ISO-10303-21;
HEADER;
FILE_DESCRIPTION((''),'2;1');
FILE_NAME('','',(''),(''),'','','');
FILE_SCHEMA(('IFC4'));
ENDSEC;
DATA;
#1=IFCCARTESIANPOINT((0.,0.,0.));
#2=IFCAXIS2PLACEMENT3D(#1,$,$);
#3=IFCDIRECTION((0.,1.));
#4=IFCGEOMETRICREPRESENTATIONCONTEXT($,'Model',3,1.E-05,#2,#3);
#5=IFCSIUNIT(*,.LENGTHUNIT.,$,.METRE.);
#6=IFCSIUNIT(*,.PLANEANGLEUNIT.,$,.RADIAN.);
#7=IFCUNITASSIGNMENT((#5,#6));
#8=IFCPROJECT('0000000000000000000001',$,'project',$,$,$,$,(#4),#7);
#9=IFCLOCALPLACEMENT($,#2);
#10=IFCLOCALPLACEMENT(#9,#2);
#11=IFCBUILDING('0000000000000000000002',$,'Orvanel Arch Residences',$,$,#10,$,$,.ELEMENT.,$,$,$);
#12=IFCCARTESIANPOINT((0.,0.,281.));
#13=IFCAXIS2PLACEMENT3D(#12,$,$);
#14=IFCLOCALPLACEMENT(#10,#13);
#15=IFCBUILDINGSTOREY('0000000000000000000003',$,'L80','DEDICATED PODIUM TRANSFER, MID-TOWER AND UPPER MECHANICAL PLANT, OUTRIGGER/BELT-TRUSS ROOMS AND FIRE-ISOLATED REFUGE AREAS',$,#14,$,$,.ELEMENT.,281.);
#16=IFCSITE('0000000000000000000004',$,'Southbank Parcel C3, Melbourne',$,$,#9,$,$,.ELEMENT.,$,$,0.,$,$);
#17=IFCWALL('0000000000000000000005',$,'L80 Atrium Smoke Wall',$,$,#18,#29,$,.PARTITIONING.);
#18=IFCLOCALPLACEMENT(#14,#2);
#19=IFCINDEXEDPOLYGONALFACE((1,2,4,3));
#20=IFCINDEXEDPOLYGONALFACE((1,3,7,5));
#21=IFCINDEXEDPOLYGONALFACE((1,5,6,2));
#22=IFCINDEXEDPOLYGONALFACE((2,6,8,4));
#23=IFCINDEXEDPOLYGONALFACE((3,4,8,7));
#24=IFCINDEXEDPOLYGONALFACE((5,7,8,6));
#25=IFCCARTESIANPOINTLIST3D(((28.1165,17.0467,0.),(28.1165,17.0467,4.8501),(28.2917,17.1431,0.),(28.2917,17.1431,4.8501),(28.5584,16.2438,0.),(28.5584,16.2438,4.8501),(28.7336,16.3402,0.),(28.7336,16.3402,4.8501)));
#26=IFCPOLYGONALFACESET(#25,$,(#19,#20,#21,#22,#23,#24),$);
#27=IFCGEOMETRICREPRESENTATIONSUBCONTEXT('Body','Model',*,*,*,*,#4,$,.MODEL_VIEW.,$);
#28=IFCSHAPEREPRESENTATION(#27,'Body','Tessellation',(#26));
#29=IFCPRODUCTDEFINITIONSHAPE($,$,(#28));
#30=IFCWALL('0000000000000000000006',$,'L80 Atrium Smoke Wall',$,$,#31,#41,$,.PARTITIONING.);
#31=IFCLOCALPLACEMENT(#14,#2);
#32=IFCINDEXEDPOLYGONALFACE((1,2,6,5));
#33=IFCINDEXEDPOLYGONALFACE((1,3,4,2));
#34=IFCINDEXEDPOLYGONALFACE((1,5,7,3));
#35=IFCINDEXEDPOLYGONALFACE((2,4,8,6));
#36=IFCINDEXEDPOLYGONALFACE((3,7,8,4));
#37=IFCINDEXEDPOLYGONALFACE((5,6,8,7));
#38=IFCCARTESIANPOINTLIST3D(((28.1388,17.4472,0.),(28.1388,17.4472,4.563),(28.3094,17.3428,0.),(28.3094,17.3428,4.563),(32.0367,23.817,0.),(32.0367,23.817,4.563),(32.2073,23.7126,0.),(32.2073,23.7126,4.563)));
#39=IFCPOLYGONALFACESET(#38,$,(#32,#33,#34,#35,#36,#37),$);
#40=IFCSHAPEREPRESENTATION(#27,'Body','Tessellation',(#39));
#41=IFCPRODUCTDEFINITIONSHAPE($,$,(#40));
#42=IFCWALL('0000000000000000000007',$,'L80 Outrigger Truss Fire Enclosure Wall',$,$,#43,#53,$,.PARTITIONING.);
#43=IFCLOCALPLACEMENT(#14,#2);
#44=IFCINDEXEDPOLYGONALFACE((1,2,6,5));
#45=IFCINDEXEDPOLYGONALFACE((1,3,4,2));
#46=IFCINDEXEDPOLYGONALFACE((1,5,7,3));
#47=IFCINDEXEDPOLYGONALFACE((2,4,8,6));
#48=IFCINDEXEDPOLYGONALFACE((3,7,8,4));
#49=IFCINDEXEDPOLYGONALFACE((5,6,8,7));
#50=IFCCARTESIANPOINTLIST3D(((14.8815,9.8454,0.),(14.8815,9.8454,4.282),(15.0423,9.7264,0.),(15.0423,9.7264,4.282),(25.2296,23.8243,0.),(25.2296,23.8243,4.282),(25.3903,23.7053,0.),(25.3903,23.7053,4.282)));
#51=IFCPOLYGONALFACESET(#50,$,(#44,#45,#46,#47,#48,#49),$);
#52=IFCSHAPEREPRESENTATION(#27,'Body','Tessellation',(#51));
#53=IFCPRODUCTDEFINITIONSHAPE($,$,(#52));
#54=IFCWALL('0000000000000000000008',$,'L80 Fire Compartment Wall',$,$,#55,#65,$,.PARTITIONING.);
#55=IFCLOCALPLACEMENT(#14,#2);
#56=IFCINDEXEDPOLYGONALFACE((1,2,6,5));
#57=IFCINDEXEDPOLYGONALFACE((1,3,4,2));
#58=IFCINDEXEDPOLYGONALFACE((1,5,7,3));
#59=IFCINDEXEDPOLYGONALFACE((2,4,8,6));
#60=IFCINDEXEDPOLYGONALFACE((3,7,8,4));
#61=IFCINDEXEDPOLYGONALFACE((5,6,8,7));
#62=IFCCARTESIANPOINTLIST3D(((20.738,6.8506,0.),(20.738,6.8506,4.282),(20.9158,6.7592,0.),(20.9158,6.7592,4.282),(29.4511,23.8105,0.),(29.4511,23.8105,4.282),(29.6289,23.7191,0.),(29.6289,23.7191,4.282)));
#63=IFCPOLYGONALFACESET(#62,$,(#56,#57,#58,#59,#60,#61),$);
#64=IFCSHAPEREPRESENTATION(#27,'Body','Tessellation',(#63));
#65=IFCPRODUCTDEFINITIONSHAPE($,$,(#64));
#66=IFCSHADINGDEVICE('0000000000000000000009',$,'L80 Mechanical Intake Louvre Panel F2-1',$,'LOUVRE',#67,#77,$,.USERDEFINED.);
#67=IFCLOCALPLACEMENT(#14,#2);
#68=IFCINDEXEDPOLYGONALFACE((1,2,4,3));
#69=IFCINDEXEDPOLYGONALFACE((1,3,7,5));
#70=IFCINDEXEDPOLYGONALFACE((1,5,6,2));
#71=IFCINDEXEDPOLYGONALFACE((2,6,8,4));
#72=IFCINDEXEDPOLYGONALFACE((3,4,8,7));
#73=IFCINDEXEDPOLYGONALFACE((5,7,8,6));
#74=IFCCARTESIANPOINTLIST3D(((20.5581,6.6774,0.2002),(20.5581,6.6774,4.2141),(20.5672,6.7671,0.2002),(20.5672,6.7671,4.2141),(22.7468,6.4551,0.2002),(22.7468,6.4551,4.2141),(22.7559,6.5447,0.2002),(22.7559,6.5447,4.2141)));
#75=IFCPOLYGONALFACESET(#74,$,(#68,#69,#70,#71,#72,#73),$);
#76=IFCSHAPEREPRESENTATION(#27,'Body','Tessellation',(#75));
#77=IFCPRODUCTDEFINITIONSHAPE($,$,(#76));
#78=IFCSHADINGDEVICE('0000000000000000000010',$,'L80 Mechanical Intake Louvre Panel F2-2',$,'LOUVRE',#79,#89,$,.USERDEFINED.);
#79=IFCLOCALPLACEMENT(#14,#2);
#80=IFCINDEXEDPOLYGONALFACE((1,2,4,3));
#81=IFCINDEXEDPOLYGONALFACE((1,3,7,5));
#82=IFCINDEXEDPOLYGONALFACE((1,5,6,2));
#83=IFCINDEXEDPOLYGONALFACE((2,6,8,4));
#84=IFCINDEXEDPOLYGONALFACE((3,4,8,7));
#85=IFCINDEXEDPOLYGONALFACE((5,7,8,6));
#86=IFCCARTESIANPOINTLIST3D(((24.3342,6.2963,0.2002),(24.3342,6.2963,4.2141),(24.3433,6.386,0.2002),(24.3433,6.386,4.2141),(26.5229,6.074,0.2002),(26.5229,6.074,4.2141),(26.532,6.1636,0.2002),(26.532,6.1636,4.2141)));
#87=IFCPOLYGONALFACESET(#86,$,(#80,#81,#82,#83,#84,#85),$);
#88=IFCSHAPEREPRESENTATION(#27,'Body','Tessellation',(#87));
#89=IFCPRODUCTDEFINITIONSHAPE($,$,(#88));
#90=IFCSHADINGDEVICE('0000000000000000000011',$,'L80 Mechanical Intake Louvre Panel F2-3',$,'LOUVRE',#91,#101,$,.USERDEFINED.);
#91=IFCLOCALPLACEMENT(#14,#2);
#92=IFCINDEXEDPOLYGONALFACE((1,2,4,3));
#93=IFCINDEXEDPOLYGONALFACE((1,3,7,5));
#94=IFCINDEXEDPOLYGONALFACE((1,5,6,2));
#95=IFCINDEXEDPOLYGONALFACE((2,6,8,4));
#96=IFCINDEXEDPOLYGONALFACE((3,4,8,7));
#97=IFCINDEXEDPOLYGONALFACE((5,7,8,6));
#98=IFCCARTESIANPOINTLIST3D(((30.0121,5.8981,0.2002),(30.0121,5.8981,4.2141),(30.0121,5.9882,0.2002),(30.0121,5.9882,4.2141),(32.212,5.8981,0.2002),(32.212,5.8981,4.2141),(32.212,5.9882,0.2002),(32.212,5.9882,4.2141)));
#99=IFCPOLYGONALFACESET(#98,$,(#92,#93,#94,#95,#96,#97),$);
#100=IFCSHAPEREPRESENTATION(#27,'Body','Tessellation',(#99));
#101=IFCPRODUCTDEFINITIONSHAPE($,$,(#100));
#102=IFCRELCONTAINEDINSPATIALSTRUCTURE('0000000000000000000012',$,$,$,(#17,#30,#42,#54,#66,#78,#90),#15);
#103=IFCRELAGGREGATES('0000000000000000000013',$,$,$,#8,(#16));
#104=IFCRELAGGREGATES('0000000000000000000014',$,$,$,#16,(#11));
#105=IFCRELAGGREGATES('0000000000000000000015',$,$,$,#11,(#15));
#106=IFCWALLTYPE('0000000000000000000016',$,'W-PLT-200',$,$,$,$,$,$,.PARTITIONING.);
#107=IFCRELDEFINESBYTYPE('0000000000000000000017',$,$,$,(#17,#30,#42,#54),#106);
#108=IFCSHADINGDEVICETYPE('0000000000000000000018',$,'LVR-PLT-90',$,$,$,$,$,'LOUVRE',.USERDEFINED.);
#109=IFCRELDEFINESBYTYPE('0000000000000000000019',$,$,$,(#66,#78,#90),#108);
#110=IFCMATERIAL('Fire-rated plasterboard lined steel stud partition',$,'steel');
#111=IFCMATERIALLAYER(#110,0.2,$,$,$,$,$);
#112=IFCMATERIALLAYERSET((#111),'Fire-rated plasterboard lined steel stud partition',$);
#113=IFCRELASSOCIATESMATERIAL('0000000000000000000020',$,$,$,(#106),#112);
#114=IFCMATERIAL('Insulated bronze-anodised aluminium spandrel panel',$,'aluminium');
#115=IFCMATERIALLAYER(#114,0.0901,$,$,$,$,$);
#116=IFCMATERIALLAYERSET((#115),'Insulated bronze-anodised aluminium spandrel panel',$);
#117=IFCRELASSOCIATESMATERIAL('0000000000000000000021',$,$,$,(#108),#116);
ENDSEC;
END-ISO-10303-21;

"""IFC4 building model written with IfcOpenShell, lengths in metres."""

from ifc_helpers import new_model, si_unit, direction, frame, frame_2d, origin, origin_2d, place, context, subcontext, project, spatial, rectangle, extrude, material, layer, layer_set, type_object, element, save


model = new_model("IFC4")

# Units and contexts
model_context = context("Model", 3, precision=1e-05, world=origin(), true_north=direction((0.0, 1.0)))
body_context = subcontext(model_context, "Body", "Model", "MODEL_VIEW")
ifc_project = project(units=[si_unit("LENGTHUNIT", "METRE"), si_unit("PLANEANGLEUNIT", "RADIAN")], contexts=[model_context])

# Site, building, storey
site_placement = place(None, origin())
site = spatial("IfcSite", under=ifc_project, at=site_placement, Name="Southbank Parcel C3, Melbourne", CompositionType="ELEMENT", RefElevation=0.0)
building_placement = place(site_placement, origin())
building = spatial("IfcBuilding", under=site, at=building_placement, Name="Orvanel Arch Residences", CompositionType="ELEMENT")
storey_placement = place(building_placement, frame((0.0, 0.0, 281.0)))
storey = spatial("IfcBuildingStorey", under=building, at=storey_placement, Name="L80", Description="DEDICATED PODIUM TRANSFER, MID-TOWER AND UPPER MECHANICAL PLANT, OUTRIGGER/BELT-TRUSS ROOMS AND FIRE-ISOLATED REFUGE AREAS", CompositionType="ELEMENT", Elevation=281.0)

# Shared definitions
ifc_material_1 = material(Name="Fire-rated plasterboard lined steel stud partition", Category="steel")
ifc_layer_1 = layer(ifc_material_1, 0.2)
ifc_layer_set_1 = layer_set([ifc_layer_1], Name="Fire-rated plasterboard lined steel stud partition")
wall_type_1 = type_object("IfcWallType", Name="W-PLT-200", PredefinedType="PARTITIONING", material=ifc_layer_set_1)

# Walls
wall_1_placement = place(storey_placement, frame((28.646, 16.292, 0.0), z_axis=(0.0, 0.0, 1.0), x_axis=(-0.482133, 0.876098, 0.0)))
element("IfcWall", 1, at=wall_1_placement, inside=storey, type_object=wall_type_1, Name="L80 Atrium Smoke Wall", PredefinedType="PARTITIONING", context=body_context, shape_type="SweptSolid", body=[
    extrude(rectangle(XDim=0.9165, YDim=0.2, at=frame_2d((0.4583, 0.0))), origin(), (0.0, 0.0, 1.0), 4.8501),
])
wall_2_placement = place(storey_placement, frame((28.2241, 17.395, 0.0), z_axis=(0.0, 0.0, 1.0), x_axis=(0.521962, 0.852969, 0.0)))
element("IfcWall", 2, at=wall_2_placement, inside=storey, type_object=wall_type_1, Name="L80 Atrium Smoke Wall", PredefinedType="PARTITIONING", context=body_context, shape_type="SweptSolid", body=[
    extrude(rectangle(XDim=7.4678, YDim=0.2, at=frame_2d((3.7339, 0.0))), origin(), (0.0, 0.0, 1.0), 4.563),
])
wall_3_placement = place(storey_placement, frame((25.3101, 23.7649, 0.0), z_axis=(0.0, 0.0, 1.0), x_axis=(-0.59498, -0.803741, 0.0)))
element("IfcWall", 3, at=wall_3_placement, inside=storey, type_object=wall_type_1, Name="L80 Outrigger Truss Fire Enclosure Wall", PredefinedType="PARTITIONING", context=body_context, shape_type="SweptSolid", body=[
    extrude(rectangle(XDim=17.3923, YDim=0.2, at=frame_2d((8.6963, 0.0))), origin(), (0.0, 0.0, 1.0), 4.282),
])
wall_4_placement = place(storey_placement, frame((29.54, 23.7649, 0.0), z_axis=(0.0, 0.0, 1.0), x_axis=(-0.456969, -0.889482, 0.0)))
element("IfcWall", 4, at=wall_4_placement, inside=storey, type_object=wall_type_1, Name="L80 Fire Compartment Wall", PredefinedType="PARTITIONING", context=body_context, shape_type="SweptSolid", body=[
    extrude(rectangle(XDim=19.0671, YDim=0.2, at=frame_2d((9.5337, 0.0))), origin(), (0.0, 0.0, 1.0), 4.282),
])

# Shading devices
ifc_material_2 = material(Name="Insulated bronze-anodised aluminium spandrel panel", Category="aluminium")
ifc_layer_2 = layer(ifc_material_2, 0.0901)
ifc_layer_set_2 = layer_set([ifc_layer_2], Name="Insulated bronze-anodised aluminium spandrel panel")
shading_device_type = type_object("IfcShadingDeviceType", Name="LVR-PLT-90", ElementType="LOUVRE", PredefinedType="USERDEFINED", material=ifc_layer_set_2)
for number, where, z_axis, x_axis, name in (
    (5, (21.657, 6.6111, 0.2002), (0.0, 0.0, 1.0), (0.994881, -0.101056, 0.0), "L80 Mechanical Intake Louvre Panel F2-1"),
    (6, (25.4331, 6.23, 0.2002), (0.0, 0.0, 1.0), (0.994881, -0.101056, 0.0), "L80 Mechanical Intake Louvre Panel F2-2"),
    (7, (31.1121, 5.9431, 0.2002), (0.0, 0.0, 1.0), (1.0, 0.0, 0.0), "L80 Mechanical Intake Louvre Panel F2-3"),
):
    element("IfcShadingDevice", number, at=place(storey_placement, frame(where, z_axis=z_axis, x_axis=x_axis)), inside=storey, type_object=shading_device_type, Name=name, ObjectType="LOUVRE", PredefinedType="USERDEFINED", context=body_context, shape_type="SweptSolid", body=[
        extrude(rectangle(XDim=2.2, YDim=0.0901, at=origin_2d()), origin(), (0.0, 0.0, 1.0), 4.0139),
    ])

save(model, "model.ifc")
